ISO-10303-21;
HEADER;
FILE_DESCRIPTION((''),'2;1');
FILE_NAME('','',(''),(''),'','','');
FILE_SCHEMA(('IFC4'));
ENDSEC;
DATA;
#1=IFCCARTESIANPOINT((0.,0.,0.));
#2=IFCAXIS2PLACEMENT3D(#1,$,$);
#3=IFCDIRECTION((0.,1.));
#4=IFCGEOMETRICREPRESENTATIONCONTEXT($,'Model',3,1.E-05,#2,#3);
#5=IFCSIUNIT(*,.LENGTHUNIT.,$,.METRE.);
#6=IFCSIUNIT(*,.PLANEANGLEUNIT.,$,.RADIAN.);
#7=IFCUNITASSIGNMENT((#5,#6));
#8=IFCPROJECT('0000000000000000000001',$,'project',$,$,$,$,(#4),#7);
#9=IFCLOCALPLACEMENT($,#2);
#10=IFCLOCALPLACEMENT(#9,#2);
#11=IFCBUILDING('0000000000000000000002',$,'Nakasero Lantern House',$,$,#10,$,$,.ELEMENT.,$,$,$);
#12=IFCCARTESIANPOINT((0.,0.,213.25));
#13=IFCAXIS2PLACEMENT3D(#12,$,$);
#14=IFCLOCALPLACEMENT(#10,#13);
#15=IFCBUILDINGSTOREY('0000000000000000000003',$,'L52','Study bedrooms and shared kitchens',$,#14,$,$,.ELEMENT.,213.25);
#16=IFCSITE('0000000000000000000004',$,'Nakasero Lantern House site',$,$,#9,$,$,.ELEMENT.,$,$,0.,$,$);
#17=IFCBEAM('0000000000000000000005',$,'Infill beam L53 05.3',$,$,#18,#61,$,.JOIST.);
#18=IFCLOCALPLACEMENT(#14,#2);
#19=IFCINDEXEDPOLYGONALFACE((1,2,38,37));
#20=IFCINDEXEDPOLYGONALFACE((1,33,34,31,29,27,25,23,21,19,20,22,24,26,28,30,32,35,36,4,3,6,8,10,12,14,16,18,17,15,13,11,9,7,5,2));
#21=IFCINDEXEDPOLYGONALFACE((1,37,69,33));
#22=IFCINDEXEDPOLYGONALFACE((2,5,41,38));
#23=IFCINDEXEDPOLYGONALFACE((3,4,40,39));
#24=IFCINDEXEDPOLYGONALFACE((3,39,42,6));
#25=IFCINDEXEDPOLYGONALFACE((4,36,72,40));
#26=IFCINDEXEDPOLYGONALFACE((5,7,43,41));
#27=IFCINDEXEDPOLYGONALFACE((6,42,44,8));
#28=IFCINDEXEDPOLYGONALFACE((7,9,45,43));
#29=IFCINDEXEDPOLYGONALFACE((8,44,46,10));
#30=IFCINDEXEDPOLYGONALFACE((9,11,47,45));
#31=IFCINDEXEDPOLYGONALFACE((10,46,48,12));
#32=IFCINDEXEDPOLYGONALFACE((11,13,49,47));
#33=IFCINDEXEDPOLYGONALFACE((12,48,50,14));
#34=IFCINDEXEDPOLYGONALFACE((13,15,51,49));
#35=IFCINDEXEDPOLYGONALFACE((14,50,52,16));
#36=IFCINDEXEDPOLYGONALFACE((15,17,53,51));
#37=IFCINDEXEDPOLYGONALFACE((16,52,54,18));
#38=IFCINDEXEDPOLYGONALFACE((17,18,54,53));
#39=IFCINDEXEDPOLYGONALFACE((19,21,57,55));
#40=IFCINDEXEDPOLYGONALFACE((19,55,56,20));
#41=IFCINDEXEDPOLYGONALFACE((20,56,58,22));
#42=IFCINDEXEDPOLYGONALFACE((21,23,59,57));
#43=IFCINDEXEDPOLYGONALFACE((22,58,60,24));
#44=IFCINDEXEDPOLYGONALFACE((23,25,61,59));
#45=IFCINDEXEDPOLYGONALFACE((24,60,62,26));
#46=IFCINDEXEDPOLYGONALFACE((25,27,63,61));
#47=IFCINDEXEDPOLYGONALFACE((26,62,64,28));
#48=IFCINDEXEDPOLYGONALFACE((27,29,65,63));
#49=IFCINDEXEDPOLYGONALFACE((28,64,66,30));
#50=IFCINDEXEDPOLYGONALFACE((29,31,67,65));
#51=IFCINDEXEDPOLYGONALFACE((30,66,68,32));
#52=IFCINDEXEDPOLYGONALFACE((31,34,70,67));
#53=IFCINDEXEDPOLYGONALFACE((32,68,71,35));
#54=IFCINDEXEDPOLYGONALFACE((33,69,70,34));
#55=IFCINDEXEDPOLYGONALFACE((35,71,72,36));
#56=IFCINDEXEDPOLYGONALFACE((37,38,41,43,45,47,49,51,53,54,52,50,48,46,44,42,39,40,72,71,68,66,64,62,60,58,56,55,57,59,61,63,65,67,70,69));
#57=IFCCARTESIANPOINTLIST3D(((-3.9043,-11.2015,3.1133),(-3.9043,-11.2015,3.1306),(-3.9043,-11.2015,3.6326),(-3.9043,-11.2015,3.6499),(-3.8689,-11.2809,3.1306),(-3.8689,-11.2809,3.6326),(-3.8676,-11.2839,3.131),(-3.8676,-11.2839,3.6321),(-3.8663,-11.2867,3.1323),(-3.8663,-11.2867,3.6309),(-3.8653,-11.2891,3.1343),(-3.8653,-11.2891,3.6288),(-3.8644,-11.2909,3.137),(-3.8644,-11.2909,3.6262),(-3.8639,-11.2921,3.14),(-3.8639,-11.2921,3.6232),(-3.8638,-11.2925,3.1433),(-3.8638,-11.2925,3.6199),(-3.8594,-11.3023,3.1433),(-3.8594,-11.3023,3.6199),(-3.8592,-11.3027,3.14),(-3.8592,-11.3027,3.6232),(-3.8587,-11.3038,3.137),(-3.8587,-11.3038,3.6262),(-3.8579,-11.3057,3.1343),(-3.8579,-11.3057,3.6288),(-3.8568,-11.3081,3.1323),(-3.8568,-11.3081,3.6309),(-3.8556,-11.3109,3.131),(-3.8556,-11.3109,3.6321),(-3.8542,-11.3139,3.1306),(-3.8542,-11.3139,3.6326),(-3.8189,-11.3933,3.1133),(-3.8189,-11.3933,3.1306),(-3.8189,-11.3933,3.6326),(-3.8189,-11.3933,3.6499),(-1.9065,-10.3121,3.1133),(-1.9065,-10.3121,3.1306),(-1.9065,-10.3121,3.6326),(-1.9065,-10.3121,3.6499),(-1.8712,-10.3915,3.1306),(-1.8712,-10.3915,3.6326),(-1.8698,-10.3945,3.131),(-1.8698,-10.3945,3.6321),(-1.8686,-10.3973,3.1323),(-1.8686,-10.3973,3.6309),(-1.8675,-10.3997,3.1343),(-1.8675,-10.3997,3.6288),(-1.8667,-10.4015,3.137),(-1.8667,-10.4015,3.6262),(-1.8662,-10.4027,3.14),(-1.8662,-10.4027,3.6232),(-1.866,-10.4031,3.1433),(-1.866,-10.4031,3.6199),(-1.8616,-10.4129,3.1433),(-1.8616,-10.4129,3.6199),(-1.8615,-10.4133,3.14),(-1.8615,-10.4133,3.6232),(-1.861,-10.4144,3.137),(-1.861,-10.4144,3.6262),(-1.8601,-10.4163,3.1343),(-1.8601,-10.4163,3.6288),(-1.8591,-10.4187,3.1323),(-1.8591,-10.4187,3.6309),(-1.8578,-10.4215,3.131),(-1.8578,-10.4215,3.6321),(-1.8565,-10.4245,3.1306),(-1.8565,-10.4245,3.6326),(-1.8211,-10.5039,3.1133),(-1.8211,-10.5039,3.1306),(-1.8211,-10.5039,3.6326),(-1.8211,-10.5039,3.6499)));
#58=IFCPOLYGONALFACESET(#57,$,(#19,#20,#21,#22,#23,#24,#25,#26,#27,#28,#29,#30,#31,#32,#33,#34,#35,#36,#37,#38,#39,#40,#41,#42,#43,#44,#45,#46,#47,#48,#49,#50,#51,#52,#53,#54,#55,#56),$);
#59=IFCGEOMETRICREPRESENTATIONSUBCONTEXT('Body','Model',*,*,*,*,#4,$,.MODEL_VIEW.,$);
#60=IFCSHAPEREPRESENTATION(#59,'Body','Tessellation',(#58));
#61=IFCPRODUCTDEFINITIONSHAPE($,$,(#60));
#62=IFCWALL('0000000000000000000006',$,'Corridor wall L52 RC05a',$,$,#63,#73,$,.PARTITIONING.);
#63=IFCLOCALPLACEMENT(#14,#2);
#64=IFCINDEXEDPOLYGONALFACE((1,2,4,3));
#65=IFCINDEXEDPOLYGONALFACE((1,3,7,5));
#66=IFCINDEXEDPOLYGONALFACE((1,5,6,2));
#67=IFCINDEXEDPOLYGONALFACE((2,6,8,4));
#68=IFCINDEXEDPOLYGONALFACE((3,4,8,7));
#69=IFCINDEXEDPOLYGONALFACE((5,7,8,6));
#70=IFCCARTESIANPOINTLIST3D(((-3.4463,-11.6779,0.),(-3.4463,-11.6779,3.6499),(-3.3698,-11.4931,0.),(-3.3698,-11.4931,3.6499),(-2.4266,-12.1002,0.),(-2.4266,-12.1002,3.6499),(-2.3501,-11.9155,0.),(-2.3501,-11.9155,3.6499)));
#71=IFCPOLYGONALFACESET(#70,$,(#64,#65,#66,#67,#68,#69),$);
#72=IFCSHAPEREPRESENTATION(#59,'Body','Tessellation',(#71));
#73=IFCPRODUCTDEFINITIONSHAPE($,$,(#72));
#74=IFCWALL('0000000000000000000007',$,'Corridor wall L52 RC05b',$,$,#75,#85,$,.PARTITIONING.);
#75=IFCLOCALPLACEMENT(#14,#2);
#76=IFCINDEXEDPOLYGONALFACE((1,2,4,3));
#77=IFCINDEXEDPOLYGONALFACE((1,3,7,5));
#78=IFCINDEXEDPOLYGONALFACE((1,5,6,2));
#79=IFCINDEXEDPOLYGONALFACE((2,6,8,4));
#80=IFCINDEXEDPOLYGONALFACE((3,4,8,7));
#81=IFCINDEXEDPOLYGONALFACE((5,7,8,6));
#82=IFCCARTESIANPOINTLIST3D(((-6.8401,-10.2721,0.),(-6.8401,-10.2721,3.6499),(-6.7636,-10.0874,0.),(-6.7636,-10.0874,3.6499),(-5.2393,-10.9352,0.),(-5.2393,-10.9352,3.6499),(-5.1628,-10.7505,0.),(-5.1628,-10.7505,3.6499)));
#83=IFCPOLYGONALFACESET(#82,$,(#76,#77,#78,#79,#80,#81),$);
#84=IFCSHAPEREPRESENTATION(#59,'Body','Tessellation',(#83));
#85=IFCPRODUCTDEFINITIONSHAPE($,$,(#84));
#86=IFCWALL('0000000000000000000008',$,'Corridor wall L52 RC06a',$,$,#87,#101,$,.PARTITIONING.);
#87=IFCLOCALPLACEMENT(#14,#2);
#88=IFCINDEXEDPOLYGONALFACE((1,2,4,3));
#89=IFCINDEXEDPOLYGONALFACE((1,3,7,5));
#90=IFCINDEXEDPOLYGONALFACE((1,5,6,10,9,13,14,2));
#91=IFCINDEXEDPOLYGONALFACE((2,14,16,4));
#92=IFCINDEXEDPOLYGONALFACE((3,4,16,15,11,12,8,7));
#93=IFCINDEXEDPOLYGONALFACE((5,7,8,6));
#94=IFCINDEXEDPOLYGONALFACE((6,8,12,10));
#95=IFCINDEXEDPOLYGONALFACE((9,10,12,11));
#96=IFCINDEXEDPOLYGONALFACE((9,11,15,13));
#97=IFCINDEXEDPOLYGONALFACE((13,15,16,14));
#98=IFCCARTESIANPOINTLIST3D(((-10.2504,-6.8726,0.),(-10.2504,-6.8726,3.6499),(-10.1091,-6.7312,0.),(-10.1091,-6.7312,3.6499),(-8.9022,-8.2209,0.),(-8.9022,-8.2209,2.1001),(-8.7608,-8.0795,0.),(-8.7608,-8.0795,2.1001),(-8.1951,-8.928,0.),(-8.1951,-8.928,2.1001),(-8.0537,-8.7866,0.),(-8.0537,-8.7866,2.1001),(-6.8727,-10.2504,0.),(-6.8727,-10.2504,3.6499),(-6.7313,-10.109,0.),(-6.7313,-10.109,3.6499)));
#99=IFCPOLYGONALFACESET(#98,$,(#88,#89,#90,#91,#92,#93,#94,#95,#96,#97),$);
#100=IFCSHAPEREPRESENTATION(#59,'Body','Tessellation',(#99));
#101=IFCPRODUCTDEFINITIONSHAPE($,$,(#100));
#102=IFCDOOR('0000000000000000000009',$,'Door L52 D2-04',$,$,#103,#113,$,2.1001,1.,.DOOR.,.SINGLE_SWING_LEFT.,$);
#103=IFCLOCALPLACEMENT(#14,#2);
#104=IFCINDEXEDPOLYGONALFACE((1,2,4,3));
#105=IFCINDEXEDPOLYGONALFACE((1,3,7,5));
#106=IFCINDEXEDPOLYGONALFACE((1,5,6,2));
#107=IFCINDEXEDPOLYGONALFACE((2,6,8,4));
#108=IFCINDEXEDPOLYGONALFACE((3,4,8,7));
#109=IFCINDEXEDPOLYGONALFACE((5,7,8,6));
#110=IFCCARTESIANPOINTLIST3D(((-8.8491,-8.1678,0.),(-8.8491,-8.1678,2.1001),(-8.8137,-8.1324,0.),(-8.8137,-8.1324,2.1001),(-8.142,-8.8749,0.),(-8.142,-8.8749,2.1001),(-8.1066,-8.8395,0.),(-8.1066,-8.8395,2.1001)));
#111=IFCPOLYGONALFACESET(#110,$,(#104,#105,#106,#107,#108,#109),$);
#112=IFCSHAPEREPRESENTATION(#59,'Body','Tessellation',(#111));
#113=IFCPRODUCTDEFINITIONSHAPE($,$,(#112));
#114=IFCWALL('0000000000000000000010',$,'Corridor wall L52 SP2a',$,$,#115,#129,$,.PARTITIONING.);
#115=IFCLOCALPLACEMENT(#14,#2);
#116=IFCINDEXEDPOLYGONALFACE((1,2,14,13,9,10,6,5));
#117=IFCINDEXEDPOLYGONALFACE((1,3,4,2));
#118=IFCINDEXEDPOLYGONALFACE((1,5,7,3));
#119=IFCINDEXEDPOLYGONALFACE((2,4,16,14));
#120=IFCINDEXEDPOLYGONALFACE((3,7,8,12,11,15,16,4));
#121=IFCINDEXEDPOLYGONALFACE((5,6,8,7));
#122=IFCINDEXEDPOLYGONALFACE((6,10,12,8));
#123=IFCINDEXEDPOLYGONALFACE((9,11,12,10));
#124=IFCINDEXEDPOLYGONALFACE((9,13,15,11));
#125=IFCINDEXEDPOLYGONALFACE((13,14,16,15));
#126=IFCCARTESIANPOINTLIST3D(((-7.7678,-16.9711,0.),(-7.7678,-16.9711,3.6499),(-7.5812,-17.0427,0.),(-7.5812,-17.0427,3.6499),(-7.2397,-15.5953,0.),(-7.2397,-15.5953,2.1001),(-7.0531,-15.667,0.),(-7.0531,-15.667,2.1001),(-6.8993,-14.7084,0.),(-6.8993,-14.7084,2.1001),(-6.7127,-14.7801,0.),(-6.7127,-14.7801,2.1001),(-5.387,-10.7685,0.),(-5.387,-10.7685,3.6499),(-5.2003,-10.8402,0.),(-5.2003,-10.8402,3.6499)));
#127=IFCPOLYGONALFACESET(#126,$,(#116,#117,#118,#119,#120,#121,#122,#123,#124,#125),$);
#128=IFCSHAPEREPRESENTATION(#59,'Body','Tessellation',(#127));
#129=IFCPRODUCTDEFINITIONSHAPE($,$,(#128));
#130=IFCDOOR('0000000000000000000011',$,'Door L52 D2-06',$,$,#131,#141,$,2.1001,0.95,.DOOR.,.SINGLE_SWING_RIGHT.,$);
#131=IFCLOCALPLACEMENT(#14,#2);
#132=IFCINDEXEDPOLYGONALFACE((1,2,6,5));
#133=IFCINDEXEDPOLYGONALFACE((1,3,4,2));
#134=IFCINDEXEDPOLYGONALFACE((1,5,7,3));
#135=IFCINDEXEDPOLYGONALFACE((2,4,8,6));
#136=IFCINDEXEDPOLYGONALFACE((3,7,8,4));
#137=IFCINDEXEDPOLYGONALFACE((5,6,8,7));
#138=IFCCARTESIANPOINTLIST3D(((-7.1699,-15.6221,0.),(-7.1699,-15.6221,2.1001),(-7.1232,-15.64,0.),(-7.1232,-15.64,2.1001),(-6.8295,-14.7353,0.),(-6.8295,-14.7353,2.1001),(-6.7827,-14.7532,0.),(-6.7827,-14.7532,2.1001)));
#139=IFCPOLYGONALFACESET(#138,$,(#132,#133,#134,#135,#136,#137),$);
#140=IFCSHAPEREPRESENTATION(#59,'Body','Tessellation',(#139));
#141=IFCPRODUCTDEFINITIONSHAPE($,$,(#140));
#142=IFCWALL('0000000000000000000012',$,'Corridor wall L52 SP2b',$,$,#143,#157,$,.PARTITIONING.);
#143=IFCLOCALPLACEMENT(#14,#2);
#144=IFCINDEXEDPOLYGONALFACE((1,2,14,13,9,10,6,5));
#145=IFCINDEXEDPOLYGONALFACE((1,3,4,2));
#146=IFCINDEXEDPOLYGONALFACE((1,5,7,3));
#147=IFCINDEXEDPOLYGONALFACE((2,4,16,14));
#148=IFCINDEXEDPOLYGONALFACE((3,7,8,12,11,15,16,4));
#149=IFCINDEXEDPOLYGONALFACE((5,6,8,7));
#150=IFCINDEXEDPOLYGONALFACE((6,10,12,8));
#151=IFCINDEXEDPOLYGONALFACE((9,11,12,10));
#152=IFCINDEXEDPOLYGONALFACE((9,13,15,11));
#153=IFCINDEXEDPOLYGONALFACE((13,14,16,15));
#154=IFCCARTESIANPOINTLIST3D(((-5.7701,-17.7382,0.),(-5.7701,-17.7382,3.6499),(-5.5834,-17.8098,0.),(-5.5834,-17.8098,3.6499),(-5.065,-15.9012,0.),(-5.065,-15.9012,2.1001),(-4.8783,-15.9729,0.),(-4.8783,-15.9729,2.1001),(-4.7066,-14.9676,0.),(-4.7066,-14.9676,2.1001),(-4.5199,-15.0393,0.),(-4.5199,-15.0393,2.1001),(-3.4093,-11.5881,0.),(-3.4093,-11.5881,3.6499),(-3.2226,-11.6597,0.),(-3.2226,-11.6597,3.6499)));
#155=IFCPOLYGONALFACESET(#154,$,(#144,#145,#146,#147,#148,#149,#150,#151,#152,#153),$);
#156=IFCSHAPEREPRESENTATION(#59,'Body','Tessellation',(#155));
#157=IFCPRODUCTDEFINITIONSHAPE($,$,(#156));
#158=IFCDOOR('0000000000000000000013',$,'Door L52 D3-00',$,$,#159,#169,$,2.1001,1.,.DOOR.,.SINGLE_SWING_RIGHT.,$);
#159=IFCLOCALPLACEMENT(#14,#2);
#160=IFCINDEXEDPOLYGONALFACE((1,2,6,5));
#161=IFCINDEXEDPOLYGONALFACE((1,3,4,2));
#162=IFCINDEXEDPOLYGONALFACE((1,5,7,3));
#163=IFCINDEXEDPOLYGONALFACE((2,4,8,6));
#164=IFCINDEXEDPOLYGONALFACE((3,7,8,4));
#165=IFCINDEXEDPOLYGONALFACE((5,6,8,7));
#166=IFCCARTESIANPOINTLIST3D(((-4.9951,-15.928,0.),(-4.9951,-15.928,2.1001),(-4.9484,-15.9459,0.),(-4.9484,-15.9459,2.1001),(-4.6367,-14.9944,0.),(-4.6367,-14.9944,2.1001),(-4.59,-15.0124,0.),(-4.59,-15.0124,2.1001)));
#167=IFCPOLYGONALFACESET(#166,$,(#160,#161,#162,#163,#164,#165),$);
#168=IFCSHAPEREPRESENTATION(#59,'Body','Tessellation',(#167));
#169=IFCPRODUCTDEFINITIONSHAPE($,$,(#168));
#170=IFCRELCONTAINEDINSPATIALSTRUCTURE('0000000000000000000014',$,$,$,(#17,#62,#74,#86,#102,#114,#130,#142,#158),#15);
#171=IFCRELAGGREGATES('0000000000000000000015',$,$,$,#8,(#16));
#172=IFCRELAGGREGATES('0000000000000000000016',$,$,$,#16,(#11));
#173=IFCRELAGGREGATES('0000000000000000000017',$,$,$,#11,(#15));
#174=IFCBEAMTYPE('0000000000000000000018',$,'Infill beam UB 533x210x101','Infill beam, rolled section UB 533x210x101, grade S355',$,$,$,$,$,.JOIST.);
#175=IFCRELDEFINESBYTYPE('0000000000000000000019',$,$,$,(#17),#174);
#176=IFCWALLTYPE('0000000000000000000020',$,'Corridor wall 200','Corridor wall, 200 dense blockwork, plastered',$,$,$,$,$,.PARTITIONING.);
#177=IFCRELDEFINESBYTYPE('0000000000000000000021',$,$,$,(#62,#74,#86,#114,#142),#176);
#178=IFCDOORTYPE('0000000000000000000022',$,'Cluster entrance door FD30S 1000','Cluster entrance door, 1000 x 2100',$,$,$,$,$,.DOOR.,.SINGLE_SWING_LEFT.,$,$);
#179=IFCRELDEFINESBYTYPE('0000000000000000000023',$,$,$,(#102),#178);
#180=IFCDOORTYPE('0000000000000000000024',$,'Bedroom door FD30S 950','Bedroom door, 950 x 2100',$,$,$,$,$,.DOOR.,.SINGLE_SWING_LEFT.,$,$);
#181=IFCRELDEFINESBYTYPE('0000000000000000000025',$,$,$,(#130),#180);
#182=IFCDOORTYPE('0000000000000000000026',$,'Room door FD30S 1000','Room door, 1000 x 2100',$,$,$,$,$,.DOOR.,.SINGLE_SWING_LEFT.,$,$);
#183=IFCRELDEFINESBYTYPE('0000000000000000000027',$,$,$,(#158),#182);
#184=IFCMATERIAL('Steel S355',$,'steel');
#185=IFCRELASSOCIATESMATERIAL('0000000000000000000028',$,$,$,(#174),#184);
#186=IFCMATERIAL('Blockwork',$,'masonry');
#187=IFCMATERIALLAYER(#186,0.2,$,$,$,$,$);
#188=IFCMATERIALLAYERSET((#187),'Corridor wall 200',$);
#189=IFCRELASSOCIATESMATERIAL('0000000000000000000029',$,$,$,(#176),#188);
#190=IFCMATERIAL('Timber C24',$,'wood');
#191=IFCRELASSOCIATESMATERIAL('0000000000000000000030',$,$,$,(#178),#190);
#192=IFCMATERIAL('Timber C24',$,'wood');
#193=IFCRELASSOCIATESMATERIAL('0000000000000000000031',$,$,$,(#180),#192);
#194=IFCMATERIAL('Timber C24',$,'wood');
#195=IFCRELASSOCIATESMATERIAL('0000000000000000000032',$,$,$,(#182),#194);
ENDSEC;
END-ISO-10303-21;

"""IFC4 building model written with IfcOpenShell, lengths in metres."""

from ifc_helpers import new_model, si_unit, direction, frame, frame_2d, origin, origin_2d, place, context, subcontext, project, spatial, rectangle, i_section, extrude, material, layer, layer_set, material_profile, profile_set, type_object, element, fill, save


model = new_model("IFC4")

# Units and contexts
model_context = context("Model", 3, precision=1e-05, world=origin(), true_north=direction((0.0, 1.0)))
body_context = subcontext(model_context, "Body", "Model", "MODEL_VIEW")
ifc_project = project(units=[si_unit("LENGTHUNIT", "METRE"), si_unit("PLANEANGLEUNIT", "RADIAN")], contexts=[model_context])

# Site, building, storey
site_placement = place(None, origin())
site = spatial("IfcSite", under=ifc_project, at=site_placement, Name="Nakasero Lantern House site", CompositionType="ELEMENT", RefElevation=0.0)
building_placement = place(site_placement, origin())
building = spatial("IfcBuilding", under=site, at=building_placement, Name="Nakasero Lantern House", CompositionType="ELEMENT")
storey_placement = place(building_placement, frame((0.0, 0.0, 213.25)))
storey = spatial("IfcBuildingStorey", under=building, at=storey_placement, Name="L52", Description="Study bedrooms and shared kitchens", CompositionType="ELEMENT", Elevation=213.25)

# Beam
ifc_material_1 = material(Name="Steel S355", Category="steel")
ifc_material_profile = material_profile(ifc_material_1, i_section(OverallWidth=0.21, OverallDepth=0.5366, WebThickness=0.0107, FlangeThickness=0.0173, FilletRadius=0.0127, at=origin_2d()), Name="UB 533x210x101")
ifc_profile_set = profile_set([ifc_material_profile], Name="Steel S355")
beam_type = type_object("IfcBeamType", Name="Infill beam UB 533x210x101", Description="Infill beam, rolled section UB 533x210x101, grade S355", PredefinedType="JOIST", material=ifc_profile_set)
beam_placement = place(storey_placement, frame((-3.8616, -11.2974, 3.3816), z_axis=(0.913558, 0.406708, 0.0), x_axis=(-0.406708, 0.913558, 0.0)))
element("IfcBeam", 1, at=beam_placement, inside=storey, type_object=beam_type, Name="Infill beam L53 05.3", PredefinedType="JOIST", context=body_context, shape_type="SweptSolid", body=[
    extrude(i_section(OverallWidth=0.21, OverallDepth=0.5366, WebThickness=0.0107, FlangeThickness=0.0173, FilletRadius=0.0127, at=origin_2d()), origin(), (0.0, 0.0, 1.0), 2.1868),
])

# Walls
ifc_material_2 = material(Name="Blockwork", Category="masonry")
ifc_layer_1 = layer(ifc_material_2, 0.2)
ifc_layer_set_1 = layer_set([ifc_layer_1], Name="Corridor wall 200")
wall_type_1 = type_object("IfcWallType", Name="Corridor wall 200", Description="Corridor wall, 200 dense blockwork, plastered", PredefinedType="PARTITIONING", material=ifc_layer_set_1)
wall_1_placement = place(storey_placement, frame((-2.3884, -12.0078, 0.0), z_axis=(0.0, 0.0, 1.0), x_axis=(-0.923893, 0.382651, 0.0)))
element("IfcWall", 2, at=wall_1_placement, inside=storey, type_object=wall_type_1, Name="Corridor wall L52 RC05a", PredefinedType="PARTITIONING", context=body_context, shape_type="SweptSolid", body=[
    extrude(rectangle(XDim=1.1038, YDim=0.2, at=frame_2d((0.5518, 0.0))), origin(), (0.0, 0.0, 1.0), 3.6499),
])
wall_2_placement = place(storey_placement, frame((-5.2012, -10.8428, 0.0), z_axis=(0.0, 0.0, 1.0), x_axis=(-0.923879, 0.382684, 0.0)))
element("IfcWall", 3, at=wall_2_placement, inside=storey, type_object=wall_type_1, Name="Corridor wall L52 RC05b", PredefinedType="PARTITIONING", context=body_context, shape_type="SweptSolid", body=[
    extrude(rectangle(XDim=1.7327, YDim=0.2, at=frame_2d((0.8662, 0.0))), origin(), (0.0, 0.0, 1.0), 3.6499),
])

# Walls, openings, doors
wall_3_placement = place(storey_placement, frame((-6.802, -10.1797, 0.0), z_axis=(0.0, 0.0, 1.0), x_axis=(-0.707107, 0.707107, 0.0)))
wall_3 = element("IfcWall", 4, at=wall_3_placement, inside=storey, type_object=wall_type_1, Name="Corridor wall L52 RC06a", PredefinedType="PARTITIONING", context=body_context, shape_type="SweptSolid", body=[
    extrude(rectangle(XDim=4.7769, YDim=0.2, at=frame_2d((2.3884, 0.0))), origin(), (0.0, 0.0, 1.0), 3.6499),
])
opening_1_placement = place(wall_3_placement, frame((1.8701, 0.0, 0.0)))
opening_1 = element("IfcOpeningElement", 5, at=opening_1_placement, cuts=wall_3, PredefinedType="OPENING", context=body_context, shape_type="SweptSolid", body=[
    extrude(rectangle(XDim=1.0, YDim=2.1001, at=frame_2d((0.5, 1.05))), frame((0.0, 0.1199, 0.0), z_axis=(0.0, -1.0, 0.0), x_axis=(1.0, 0.0, 0.0)), (0.0, 0.0, 1.0), 0.24),
])
ifc_material_3 = material(Name="Timber C24", Category="wood")
door_type_1 = type_object("IfcDoorType", Name="Cluster entrance door FD30S 1000", Description="Cluster entrance door, 1000 x 2100", OperationType="SINGLE_SWING_LEFT", PredefinedType="DOOR", material=ifc_material_3)
door_1_placement = place(opening_1_placement, origin())
door_1 = element("IfcDoor", 6, at=door_1_placement, inside=storey, type_object=door_type_1, Name="Door L52 D2-04", OperationType="SINGLE_SWING_LEFT", OverallHeight=2.1001, OverallWidth=1.0, PredefinedType="DOOR", context=body_context, shape_type="SweptSolid", body=[
    extrude(rectangle(XDim=1.0, YDim=2.1001, at=frame_2d((0.5, 1.05))), frame((0.0, 0.0249, 0.0), z_axis=(0.0, -1.0, 0.0), x_axis=(1.0, 0.0, 0.0)), (0.0, 0.0, 1.0), 0.05),
])
fill(opening_1, door_1)
wall_4_placement = place(storey_placement, frame((-5.2937, -10.8044, 0.0), z_axis=(0.0, 0.0, 1.0), x_axis=(-0.358354, -0.933586, 0.0)))
wall_4 = element("IfcWall", 7, at=wall_4_placement, inside=storey, type_object=wall_type_1, Name="Corridor wall L52 SP2a", PredefinedType="PARTITIONING", context=body_context, shape_type="SweptSolid", body=[
    extrude(rectangle(XDim=6.6438, YDim=0.2, at=frame_2d((3.3218, 0.0))), origin(), (0.0, 0.0, 1.0), 3.6499),
])
opening_2_placement = place(wall_4_placement, frame((4.22, 0.0, 0.0)))
opening_2 = element("IfcOpeningElement", 8, at=opening_2_placement, cuts=wall_4, PredefinedType="OPENING", context=body_context, shape_type="SweptSolid", body=[
    extrude(rectangle(XDim=0.95, YDim=2.1001, at=frame_2d((0.4751, 1.05))), frame((0.0, 0.1199, 0.0), z_axis=(0.0, -1.0, 0.0), x_axis=(1.0, 0.0, 0.0)), (0.0, 0.0, 1.0), 0.24),
])
ifc_material_4 = material(Name="Timber C24", Category="wood")
door_type_2 = type_object("IfcDoorType", Name="Bedroom door FD30S 950", Description="Bedroom door, 950 x 2100", OperationType="SINGLE_SWING_LEFT", PredefinedType="DOOR", material=ifc_material_4)
door_2_placement = place(opening_2_placement, origin())
door_2 = element("IfcDoor", 9, at=door_2_placement, inside=storey, type_object=door_type_2, Name="Door L52 D2-06", OperationType="SINGLE_SWING_RIGHT", OverallHeight=2.1001, OverallWidth=0.95, PredefinedType="DOOR", context=body_context, shape_type="SweptSolid", body=[
    extrude(rectangle(XDim=0.95, YDim=2.1001, at=frame_2d((0.4751, 1.05))), frame((0.0, 0.0249, 0.0), z_axis=(0.0, -1.0, 0.0), x_axis=(1.0, 0.0, 0.0)), (0.0, 0.0, 1.0), 0.05),
])
fill(opening_2, door_2)
wall_5_placement = place(storey_placement, frame((-3.3159, -11.6238, 0.0), z_axis=(0.0, 0.0, 1.0), x_axis=(-0.358371, -0.933579, 0.0)))
wall_5 = element("IfcWall", 10, at=wall_5_placement, inside=storey, type_object=wall_type_1, Name="Corridor wall L52 SP2b", PredefinedType="PARTITIONING", context=body_context, shape_type="SweptSolid", body=[
    extrude(rectangle(XDim=6.5876, YDim=0.2, at=frame_2d((3.2939, 0.0))), origin(), (0.0, 0.0, 1.0), 3.6499),
])
opening_3_placement = place(wall_5_placement, frame((3.6201, 0.0, 0.0)))
opening_3 = element("IfcOpeningElement", 11, at=opening_3_placement, cuts=wall_5, PredefinedType="OPENING", context=body_context, shape_type="SweptSolid", body=[
    extrude(rectangle(XDim=1.0, YDim=2.1001, at=frame_2d((0.5, 1.05))), frame((0.0, 0.1199, 0.0), z_axis=(0.0, -1.0, 0.0), x_axis=(1.0, 0.0, 0.0)), (0.0, 0.0, 1.0), 0.24),
])
ifc_material_5 = material(Name="Timber C24", Category="wood")
door_type_3 = type_object("IfcDoorType", Name="Room door FD30S 1000", Description="Room door, 1000 x 2100", OperationType="SINGLE_SWING_LEFT", PredefinedType="DOOR", material=ifc_material_5)
door_3_placement = place(opening_3_placement, origin())
door_3 = element("IfcDoor", 12, at=door_3_placement, inside=storey, type_object=door_type_3, Name="Door L52 D3-00", OperationType="SINGLE_SWING_RIGHT", OverallHeight=2.1001, OverallWidth=1.0, PredefinedType="DOOR", context=body_context, shape_type="SweptSolid", body=[
    extrude(rectangle(XDim=1.0, YDim=2.1001, at=frame_2d((0.5, 1.05))), frame((0.0, 0.0249, 0.0), z_axis=(0.0, -1.0, 0.0), x_axis=(1.0, 0.0, 0.0)), (0.0, 0.0, 1.0), 0.05),
])
fill(opening_3, door_3)

save(model, "model.ifc")
